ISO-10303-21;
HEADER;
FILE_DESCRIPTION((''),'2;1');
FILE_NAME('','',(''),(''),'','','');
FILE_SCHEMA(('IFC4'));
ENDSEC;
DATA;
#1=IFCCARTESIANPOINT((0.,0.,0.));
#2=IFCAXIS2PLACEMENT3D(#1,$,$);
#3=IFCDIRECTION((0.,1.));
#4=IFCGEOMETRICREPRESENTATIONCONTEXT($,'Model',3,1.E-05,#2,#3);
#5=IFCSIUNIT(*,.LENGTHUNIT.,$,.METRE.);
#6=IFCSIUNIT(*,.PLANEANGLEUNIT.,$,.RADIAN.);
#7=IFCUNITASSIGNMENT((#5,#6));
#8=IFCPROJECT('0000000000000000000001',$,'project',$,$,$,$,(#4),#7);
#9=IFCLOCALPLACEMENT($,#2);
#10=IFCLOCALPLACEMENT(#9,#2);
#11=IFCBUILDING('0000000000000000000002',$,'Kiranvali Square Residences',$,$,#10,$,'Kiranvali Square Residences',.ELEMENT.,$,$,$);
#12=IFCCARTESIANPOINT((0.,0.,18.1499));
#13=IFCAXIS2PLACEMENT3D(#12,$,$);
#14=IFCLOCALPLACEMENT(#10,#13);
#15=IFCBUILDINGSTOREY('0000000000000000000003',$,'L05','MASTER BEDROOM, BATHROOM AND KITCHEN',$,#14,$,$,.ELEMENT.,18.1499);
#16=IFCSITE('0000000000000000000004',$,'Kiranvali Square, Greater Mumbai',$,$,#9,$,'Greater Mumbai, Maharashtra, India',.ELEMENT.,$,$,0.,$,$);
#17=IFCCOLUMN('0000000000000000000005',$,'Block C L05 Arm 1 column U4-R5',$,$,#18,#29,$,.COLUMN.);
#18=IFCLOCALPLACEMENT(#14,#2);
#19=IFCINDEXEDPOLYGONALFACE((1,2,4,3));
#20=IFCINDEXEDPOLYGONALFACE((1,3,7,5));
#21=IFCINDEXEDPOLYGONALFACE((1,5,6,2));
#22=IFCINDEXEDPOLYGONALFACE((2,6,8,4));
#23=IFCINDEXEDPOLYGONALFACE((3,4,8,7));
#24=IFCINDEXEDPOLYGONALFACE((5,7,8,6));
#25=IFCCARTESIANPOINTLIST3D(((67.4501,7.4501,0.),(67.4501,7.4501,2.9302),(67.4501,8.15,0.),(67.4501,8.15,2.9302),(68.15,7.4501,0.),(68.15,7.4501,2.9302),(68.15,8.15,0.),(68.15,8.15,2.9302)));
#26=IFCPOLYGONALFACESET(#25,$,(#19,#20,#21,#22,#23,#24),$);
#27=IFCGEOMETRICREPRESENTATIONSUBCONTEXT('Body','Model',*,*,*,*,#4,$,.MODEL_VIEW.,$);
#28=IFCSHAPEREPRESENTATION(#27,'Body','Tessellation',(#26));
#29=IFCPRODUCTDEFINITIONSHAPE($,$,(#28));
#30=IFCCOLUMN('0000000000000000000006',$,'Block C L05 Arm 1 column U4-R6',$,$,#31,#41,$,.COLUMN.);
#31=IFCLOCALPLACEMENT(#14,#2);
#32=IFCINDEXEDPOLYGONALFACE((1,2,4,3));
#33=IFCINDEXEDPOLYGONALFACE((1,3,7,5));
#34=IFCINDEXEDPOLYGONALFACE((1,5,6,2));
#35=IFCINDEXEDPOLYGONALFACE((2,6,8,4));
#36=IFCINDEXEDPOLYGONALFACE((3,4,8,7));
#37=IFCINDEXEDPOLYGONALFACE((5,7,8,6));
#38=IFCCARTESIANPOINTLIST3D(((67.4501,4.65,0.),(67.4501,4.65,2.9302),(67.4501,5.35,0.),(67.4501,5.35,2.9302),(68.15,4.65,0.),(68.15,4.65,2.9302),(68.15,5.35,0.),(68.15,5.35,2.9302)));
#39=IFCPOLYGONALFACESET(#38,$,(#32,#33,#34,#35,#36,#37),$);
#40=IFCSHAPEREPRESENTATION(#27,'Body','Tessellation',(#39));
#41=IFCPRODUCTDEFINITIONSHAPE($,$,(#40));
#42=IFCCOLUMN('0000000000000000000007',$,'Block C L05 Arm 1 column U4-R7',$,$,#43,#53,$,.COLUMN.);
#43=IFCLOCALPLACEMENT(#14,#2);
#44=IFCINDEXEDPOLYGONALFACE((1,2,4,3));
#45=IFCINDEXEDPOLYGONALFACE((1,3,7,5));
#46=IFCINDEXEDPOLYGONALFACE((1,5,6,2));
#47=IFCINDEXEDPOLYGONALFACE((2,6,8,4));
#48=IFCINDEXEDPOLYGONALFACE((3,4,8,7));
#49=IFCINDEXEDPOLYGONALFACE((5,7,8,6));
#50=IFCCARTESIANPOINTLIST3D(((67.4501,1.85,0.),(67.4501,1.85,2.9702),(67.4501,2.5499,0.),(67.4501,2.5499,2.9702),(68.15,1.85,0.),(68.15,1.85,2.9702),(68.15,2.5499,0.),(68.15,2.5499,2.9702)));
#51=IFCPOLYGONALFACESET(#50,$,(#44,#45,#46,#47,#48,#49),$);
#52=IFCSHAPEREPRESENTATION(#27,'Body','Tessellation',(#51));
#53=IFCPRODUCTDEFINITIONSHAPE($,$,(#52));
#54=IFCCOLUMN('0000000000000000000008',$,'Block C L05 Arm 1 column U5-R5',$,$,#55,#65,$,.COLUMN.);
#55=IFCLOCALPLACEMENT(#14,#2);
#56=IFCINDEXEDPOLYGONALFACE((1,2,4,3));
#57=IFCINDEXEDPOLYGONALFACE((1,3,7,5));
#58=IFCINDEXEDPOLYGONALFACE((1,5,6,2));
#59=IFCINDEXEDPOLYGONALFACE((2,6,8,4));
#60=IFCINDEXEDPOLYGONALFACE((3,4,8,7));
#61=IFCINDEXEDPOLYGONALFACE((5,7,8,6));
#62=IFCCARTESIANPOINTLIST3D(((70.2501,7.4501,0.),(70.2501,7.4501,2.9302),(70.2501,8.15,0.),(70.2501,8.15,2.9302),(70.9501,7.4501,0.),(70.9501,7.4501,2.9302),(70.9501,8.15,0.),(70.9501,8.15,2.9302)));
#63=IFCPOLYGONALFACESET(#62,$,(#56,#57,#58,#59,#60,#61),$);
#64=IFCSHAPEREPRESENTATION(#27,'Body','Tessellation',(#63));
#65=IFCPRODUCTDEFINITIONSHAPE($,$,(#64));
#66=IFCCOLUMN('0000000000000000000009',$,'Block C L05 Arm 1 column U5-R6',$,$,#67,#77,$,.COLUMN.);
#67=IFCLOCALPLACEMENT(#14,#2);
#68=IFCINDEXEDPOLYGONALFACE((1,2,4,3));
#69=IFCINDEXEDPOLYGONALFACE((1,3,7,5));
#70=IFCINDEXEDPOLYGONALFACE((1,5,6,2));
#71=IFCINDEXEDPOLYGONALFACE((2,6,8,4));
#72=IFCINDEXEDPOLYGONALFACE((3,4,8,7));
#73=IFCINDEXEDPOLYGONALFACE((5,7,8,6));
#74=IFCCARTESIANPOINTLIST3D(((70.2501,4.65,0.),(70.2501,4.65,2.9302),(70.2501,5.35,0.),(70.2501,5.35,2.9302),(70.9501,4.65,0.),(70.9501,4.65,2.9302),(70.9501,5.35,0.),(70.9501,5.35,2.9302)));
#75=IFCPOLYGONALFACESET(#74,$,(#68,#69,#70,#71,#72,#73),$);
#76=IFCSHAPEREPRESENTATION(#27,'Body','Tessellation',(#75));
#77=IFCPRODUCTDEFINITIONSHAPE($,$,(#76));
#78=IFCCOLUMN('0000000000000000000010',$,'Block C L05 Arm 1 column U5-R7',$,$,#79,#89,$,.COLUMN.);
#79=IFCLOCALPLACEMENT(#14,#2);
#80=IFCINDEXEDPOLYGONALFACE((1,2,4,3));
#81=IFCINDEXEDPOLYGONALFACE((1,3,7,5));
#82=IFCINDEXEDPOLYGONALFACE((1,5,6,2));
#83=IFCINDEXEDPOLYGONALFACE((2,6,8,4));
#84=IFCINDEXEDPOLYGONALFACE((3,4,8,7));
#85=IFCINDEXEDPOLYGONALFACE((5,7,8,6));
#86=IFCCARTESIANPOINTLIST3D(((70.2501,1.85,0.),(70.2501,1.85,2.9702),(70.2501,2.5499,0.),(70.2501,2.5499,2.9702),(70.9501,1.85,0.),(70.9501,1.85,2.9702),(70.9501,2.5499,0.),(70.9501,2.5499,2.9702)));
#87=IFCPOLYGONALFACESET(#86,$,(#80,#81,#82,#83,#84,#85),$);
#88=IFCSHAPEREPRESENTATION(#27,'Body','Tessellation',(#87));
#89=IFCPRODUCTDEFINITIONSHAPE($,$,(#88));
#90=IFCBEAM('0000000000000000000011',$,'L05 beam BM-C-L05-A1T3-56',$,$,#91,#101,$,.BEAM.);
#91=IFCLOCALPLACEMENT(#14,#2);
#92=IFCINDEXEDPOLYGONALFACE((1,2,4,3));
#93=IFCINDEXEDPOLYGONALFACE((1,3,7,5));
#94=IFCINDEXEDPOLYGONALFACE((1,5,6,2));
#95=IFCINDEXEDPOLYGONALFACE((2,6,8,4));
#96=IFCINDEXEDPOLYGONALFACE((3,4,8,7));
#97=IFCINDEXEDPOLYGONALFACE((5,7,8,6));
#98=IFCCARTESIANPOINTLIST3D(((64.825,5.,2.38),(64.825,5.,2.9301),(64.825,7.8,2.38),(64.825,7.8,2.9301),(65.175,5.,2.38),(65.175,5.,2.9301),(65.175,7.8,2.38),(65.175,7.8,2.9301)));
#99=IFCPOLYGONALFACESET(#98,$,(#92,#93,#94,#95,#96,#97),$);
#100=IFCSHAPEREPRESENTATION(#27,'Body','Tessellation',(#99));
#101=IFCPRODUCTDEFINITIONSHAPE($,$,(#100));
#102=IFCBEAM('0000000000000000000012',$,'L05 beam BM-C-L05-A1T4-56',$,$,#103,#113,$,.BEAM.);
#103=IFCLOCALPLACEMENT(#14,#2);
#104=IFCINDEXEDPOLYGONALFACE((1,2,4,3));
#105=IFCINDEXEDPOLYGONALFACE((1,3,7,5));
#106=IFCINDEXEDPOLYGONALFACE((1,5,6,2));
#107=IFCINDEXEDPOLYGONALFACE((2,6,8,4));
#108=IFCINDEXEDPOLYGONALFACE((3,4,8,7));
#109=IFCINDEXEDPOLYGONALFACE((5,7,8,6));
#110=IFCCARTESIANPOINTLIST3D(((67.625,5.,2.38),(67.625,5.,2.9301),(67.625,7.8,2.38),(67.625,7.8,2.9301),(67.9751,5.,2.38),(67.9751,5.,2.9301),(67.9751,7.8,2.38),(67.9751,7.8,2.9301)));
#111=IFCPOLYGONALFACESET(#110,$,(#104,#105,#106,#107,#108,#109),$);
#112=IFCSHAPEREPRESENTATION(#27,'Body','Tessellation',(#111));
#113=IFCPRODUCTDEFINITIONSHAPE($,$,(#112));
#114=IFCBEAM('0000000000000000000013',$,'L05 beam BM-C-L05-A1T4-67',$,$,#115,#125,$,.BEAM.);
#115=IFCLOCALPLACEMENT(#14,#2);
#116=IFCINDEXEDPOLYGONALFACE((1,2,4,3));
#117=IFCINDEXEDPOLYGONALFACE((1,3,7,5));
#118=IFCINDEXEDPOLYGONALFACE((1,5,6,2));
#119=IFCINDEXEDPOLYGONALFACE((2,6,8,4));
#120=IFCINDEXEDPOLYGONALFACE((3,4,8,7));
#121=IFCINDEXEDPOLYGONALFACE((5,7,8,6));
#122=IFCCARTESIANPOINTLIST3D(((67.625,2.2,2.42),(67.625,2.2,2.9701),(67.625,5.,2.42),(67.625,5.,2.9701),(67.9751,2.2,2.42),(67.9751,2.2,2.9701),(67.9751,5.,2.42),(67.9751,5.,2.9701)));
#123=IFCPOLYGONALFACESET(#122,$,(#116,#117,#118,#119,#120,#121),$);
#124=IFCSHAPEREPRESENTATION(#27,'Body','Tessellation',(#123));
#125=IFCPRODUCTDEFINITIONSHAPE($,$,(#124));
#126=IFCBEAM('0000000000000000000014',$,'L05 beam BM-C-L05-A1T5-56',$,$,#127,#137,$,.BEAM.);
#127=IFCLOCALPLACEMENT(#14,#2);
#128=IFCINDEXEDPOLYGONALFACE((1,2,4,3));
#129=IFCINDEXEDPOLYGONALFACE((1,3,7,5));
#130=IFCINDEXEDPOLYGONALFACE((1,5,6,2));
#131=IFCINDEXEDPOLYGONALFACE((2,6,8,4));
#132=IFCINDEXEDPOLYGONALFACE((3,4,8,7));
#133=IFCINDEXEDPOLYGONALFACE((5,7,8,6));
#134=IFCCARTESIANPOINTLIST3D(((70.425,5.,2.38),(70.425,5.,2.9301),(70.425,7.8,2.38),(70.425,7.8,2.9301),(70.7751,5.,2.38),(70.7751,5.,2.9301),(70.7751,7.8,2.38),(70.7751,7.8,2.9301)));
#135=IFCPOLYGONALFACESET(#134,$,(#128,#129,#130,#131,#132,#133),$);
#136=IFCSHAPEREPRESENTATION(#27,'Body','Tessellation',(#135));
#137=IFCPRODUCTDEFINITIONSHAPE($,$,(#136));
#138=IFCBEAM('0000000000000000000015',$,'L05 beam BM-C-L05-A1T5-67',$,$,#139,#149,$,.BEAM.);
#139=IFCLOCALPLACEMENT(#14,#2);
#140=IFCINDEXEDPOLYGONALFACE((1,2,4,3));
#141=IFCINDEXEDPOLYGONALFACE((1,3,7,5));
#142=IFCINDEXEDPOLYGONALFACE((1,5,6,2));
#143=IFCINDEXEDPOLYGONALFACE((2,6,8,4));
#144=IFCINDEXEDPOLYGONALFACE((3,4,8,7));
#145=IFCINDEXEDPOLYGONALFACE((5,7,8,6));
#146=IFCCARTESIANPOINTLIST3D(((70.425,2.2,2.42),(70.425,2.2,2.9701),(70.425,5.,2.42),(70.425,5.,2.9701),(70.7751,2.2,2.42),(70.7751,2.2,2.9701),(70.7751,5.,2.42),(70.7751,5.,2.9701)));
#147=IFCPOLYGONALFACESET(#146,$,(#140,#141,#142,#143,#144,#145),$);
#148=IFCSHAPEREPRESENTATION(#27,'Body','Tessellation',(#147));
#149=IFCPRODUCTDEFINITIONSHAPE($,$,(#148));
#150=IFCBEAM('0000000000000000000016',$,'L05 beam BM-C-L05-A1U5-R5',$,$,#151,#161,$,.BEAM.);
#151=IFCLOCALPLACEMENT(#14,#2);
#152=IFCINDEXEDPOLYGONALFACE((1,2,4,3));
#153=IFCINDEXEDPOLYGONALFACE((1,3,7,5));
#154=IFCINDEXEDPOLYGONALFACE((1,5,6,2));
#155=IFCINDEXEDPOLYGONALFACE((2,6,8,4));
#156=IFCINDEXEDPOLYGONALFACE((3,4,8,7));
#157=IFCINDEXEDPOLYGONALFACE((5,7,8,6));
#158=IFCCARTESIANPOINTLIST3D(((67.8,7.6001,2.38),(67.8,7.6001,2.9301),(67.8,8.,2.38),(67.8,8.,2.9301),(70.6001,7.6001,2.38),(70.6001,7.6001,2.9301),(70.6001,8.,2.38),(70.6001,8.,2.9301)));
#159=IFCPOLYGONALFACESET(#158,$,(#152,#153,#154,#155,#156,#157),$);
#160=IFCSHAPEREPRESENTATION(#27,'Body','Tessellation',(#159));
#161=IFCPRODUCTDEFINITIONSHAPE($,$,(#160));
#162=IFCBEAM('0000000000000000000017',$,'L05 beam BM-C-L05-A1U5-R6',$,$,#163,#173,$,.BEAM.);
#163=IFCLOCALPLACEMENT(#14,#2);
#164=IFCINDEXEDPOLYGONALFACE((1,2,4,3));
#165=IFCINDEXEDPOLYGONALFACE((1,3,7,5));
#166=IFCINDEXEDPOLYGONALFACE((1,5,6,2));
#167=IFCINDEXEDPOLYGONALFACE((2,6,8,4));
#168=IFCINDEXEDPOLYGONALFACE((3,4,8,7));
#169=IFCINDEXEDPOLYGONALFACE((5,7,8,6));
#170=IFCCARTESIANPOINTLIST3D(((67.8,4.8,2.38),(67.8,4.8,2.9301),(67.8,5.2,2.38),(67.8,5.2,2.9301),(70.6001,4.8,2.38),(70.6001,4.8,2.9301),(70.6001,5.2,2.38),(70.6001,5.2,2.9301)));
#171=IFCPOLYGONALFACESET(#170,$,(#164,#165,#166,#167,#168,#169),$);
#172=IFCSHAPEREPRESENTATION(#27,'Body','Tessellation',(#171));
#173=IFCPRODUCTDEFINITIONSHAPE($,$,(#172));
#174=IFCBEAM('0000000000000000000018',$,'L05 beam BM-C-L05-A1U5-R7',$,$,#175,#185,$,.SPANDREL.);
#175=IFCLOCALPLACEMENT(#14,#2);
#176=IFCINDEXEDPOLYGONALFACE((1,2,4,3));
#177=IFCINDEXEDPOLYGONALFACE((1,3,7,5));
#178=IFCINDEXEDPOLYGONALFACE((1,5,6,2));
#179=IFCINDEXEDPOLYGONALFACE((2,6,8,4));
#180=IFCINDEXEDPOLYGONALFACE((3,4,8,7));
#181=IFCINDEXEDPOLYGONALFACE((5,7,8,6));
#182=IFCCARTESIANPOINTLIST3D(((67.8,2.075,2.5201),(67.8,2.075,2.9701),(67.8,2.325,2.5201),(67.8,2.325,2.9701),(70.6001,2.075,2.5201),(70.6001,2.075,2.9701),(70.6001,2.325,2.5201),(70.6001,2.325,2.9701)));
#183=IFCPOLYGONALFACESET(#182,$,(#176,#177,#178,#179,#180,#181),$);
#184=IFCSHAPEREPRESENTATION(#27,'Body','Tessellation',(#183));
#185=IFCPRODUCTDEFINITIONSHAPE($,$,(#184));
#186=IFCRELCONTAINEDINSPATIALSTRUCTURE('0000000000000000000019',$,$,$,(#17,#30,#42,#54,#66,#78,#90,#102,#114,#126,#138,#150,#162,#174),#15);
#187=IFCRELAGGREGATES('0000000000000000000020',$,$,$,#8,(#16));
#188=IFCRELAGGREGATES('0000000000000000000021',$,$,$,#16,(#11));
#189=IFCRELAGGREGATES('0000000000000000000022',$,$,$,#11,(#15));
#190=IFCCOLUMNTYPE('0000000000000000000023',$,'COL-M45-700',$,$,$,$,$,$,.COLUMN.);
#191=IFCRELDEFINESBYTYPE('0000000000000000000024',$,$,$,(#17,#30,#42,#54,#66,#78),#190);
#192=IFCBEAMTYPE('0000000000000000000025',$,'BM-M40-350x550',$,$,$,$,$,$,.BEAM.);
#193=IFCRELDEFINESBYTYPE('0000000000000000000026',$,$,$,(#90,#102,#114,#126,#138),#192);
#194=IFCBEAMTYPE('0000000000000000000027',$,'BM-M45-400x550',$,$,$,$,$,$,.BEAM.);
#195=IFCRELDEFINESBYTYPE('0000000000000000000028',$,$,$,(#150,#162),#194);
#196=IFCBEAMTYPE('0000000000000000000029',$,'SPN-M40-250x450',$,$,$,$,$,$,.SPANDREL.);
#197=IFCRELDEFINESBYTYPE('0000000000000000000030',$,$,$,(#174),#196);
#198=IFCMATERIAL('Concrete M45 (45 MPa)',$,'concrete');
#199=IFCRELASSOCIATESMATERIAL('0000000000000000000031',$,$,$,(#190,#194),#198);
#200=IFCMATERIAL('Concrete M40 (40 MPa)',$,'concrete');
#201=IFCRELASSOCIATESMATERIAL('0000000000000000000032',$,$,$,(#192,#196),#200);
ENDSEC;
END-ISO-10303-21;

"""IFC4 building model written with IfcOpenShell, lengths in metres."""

from ifc_helpers import new_model, si_unit, direction, frame, origin, origin_2d, place, context, subcontext, project, spatial, rectangle, extrude, material, material_profile, profile_set, type_object, element, save


model = new_model("IFC4")

# Units and contexts
model_context = context("Model", 3, precision=1e-05, world=origin(), true_north=direction((0.0, 1.0)))
body_context = subcontext(model_context, "Body", "Model", "MODEL_VIEW")
ifc_project = project(units=[si_unit("LENGTHUNIT", "METRE"), si_unit("PLANEANGLEUNIT", "RADIAN")], contexts=[model_context])

# Site, building, storey
site_placement = place(None, origin())
site = spatial("IfcSite", under=ifc_project, at=site_placement, Name="Kiranvali Square, Greater Mumbai", LongName="Greater Mumbai, Maharashtra, India", CompositionType="ELEMENT", RefElevation=0.0)
building_placement = place(site_placement, origin())
building = spatial("IfcBuilding", under=site, at=building_placement, Name="Kiranvali Square Residences", LongName="Kiranvali Square Residences", CompositionType="ELEMENT")
storey_placement = place(building_placement, frame((0.0, 0.0, 18.1499)))
storey = spatial("IfcBuildingStorey", under=building, at=storey_placement, Name="L05", Description="MASTER BEDROOM, BATHROOM AND KITCHEN", CompositionType="ELEMENT", Elevation=18.1499)

# Columns
ifc_material_1 = material(Name="Concrete M45 (45 MPa)", Category="concrete")
ifc_material_profile_1 = material_profile(ifc_material_1, rectangle(XDim=0.7, YDim=0.7, at=origin_2d()), Name="RC 700x700")
ifc_profile_set_1 = profile_set([ifc_material_profile_1], Name="Concrete M45 (45 MPa)")
column_type = type_object("IfcColumnType", Name="COL-M45-700", PredefinedType="COLUMN", material=ifc_profile_set_1)
for number, where, z_axis, x_axis, name in (
    (1, (67.8, 7.8, 0.0), (0.0, 0.0, 1.0), (1.0, 0.0, 0.0), "Block C L05 Arm 1 column U4-R5"),
    (2, (67.8, 5.0, 0.0), (0.0, 0.0, 1.0), (1.0, 0.0, 0.0), "Block C L05 Arm 1 column U4-R6"),
):
    element("IfcColumn", number, at=place(storey_placement, frame(where, z_axis=z_axis, x_axis=x_axis)), inside=storey, type_object=column_type, Name=name, PredefinedType="COLUMN", context=body_context, shape_type="SweptSolid", body=[
        extrude(rectangle(XDim=0.7, YDim=0.7, at=origin_2d()), origin(), (0.0, 0.0, 1.0), 2.9302),
    ])
column_1_placement = place(storey_placement, frame((67.8, 2.2, 0.0), z_axis=(0.0, 0.0, 1.0), x_axis=(1.0, 0.0, 0.0)))
element("IfcColumn", 3, at=column_1_placement, inside=storey, type_object=column_type, Name="Block C L05 Arm 1 column U4-R7", PredefinedType="COLUMN", context=body_context, shape_type="SweptSolid", body=[
    extrude(rectangle(XDim=0.7, YDim=0.7, at=origin_2d()), origin(), (0.0, 0.0, 1.0), 2.9702),
])
for number, where, z_axis, x_axis, name in (
    (4, (70.6001, 7.8, 0.0), (0.0, 0.0, 1.0), (1.0, 0.0, 0.0), "Block C L05 Arm 1 column U5-R5"),
    (5, (70.6001, 5.0, 0.0), (0.0, 0.0, 1.0), (1.0, 0.0, 0.0), "Block C L05 Arm 1 column U5-R6"),
):
    element("IfcColumn", number, at=place(storey_placement, frame(where, z_axis=z_axis, x_axis=x_axis)), inside=storey, type_object=column_type, Name=name, PredefinedType="COLUMN", context=body_context, shape_type="SweptSolid", body=[
        extrude(rectangle(XDim=0.7, YDim=0.7, at=origin_2d()), origin(), (0.0, 0.0, 1.0), 2.9302),
    ])
column_2_placement = place(storey_placement, frame((70.6001, 2.2, 0.0), z_axis=(0.0, 0.0, 1.0), x_axis=(1.0, 0.0, 0.0)))
element("IfcColumn", 6, at=column_2_placement, inside=storey, type_object=column_type, Name="Block C L05 Arm 1 column U5-R7", PredefinedType="COLUMN", context=body_context, shape_type="SweptSolid", body=[
    extrude(rectangle(XDim=0.7, YDim=0.7, at=origin_2d()), origin(), (0.0, 0.0, 1.0), 2.9702),
])

# Beams
ifc_material_2 = material(Name="Concrete M40 (40 MPa)", Category="concrete")
ifc_material_profile_2 = material_profile(ifc_material_2, rectangle(XDim=0.3501, YDim=0.55, at=origin_2d()), Name="RC 350x550")
ifc_profile_set_2 = profile_set([ifc_material_profile_2], Name="Concrete M40 (40 MPa)")
beam_type_1 = type_object("IfcBeamType", Name="BM-M40-350x550", PredefinedType="BEAM", material=ifc_profile_set_2)
for number, where, z_axis, x_axis, name in (
    (7, (65.0, 7.8, 2.655), (0.0, -1.0, 0.0), (1.0, 0.0, 0.0), "L05 beam BM-C-L05-A1T3-56"),
    (8, (67.8, 7.8, 2.655), (0.0, -1.0, 0.0), (1.0, 0.0, 0.0), "L05 beam BM-C-L05-A1T4-56"),
    (9, (67.8, 5.0, 2.6951), (0.0, -1.0, 0.0), (1.0, 0.0, 0.0), "L05 beam BM-C-L05-A1T4-67"),
    (10, (70.6001, 7.8, 2.655), (0.0, -1.0, 0.0), (1.0, 0.0, 0.0), "L05 beam BM-C-L05-A1T5-56"),
    (11, (70.6001, 5.0, 2.6951), (0.0, -1.0, 0.0), (1.0, 0.0, 0.0), "L05 beam BM-C-L05-A1T5-67"),
):
    element("IfcBeam", number, at=place(storey_placement, frame(where, z_axis=z_axis, x_axis=x_axis)), inside=storey, type_object=beam_type_1, Name=name, PredefinedType="BEAM", context=body_context, shape_type="SweptSolid", body=[
        extrude(rectangle(XDim=0.3501, YDim=0.55, at=origin_2d()), origin(), (0.0, 0.0, 1.0), 2.8),
    ])
ifc_material_profile_3 = material_profile(ifc_material_1, rectangle(XDim=0.3999, YDim=0.55, at=origin_2d()), Name="RC 400x550")
ifc_profile_set_3 = profile_set([ifc_material_profile_3], Name="Concrete M45 (45 MPa)")
beam_type_2 = type_object("IfcBeamType", Name="BM-M45-400x550", PredefinedType="BEAM", material=ifc_profile_set_3)
for number, where, z_axis, x_axis, name in (
    (12, (67.8, 7.8, 2.655), (1.0, 0.0, 0.0), (0.0, 1.0, 0.0), "L05 beam BM-C-L05-A1U5-R5"),
    (13, (67.8, 5.0, 2.655), (1.0, 0.0, 0.0), (0.0, 1.0, 0.0), "L05 beam BM-C-L05-A1U5-R6"),
):
    element("IfcBeam", number, at=place(storey_placement, frame(where, z_axis=z_axis, x_axis=x_axis)), inside=storey, type_object=beam_type_2, Name=name, PredefinedType="BEAM", context=body_context, shape_type="SweptSolid", body=[
        extrude(rectangle(XDim=0.3999, YDim=0.55, at=origin_2d()), origin(), (0.0, 0.0, 1.0), 2.8),
    ])
ifc_material_profile_4 = material_profile(ifc_material_2, rectangle(XDim=0.25, YDim=0.45, at=origin_2d()), Name="RC 250x450")
ifc_profile_set_4 = profile_set([ifc_material_profile_4], Name="Concrete M40 (40 MPa)")
beam_type_3 = type_object("IfcBeamType", Name="SPN-M40-250x450", PredefinedType="SPANDREL", material=ifc_profile_set_4)
beam_placement = place(storey_placement, frame((67.8, 2.2, 2.7451), z_axis=(1.0, 0.0, 0.0), x_axis=(0.0, 1.0, 0.0)))
element("IfcBeam", 14, at=beam_placement, inside=storey, type_object=beam_type_3, Name="L05 beam BM-C-L05-A1U5-R7", PredefinedType="SPANDREL", context=body_context, shape_type="SweptSolid", body=[
    extrude(rectangle(XDim=0.25, YDim=0.45, at=origin_2d()), origin(), (0.0, 0.0, 1.0), 2.8),
])

save(model, "model.ifc")
